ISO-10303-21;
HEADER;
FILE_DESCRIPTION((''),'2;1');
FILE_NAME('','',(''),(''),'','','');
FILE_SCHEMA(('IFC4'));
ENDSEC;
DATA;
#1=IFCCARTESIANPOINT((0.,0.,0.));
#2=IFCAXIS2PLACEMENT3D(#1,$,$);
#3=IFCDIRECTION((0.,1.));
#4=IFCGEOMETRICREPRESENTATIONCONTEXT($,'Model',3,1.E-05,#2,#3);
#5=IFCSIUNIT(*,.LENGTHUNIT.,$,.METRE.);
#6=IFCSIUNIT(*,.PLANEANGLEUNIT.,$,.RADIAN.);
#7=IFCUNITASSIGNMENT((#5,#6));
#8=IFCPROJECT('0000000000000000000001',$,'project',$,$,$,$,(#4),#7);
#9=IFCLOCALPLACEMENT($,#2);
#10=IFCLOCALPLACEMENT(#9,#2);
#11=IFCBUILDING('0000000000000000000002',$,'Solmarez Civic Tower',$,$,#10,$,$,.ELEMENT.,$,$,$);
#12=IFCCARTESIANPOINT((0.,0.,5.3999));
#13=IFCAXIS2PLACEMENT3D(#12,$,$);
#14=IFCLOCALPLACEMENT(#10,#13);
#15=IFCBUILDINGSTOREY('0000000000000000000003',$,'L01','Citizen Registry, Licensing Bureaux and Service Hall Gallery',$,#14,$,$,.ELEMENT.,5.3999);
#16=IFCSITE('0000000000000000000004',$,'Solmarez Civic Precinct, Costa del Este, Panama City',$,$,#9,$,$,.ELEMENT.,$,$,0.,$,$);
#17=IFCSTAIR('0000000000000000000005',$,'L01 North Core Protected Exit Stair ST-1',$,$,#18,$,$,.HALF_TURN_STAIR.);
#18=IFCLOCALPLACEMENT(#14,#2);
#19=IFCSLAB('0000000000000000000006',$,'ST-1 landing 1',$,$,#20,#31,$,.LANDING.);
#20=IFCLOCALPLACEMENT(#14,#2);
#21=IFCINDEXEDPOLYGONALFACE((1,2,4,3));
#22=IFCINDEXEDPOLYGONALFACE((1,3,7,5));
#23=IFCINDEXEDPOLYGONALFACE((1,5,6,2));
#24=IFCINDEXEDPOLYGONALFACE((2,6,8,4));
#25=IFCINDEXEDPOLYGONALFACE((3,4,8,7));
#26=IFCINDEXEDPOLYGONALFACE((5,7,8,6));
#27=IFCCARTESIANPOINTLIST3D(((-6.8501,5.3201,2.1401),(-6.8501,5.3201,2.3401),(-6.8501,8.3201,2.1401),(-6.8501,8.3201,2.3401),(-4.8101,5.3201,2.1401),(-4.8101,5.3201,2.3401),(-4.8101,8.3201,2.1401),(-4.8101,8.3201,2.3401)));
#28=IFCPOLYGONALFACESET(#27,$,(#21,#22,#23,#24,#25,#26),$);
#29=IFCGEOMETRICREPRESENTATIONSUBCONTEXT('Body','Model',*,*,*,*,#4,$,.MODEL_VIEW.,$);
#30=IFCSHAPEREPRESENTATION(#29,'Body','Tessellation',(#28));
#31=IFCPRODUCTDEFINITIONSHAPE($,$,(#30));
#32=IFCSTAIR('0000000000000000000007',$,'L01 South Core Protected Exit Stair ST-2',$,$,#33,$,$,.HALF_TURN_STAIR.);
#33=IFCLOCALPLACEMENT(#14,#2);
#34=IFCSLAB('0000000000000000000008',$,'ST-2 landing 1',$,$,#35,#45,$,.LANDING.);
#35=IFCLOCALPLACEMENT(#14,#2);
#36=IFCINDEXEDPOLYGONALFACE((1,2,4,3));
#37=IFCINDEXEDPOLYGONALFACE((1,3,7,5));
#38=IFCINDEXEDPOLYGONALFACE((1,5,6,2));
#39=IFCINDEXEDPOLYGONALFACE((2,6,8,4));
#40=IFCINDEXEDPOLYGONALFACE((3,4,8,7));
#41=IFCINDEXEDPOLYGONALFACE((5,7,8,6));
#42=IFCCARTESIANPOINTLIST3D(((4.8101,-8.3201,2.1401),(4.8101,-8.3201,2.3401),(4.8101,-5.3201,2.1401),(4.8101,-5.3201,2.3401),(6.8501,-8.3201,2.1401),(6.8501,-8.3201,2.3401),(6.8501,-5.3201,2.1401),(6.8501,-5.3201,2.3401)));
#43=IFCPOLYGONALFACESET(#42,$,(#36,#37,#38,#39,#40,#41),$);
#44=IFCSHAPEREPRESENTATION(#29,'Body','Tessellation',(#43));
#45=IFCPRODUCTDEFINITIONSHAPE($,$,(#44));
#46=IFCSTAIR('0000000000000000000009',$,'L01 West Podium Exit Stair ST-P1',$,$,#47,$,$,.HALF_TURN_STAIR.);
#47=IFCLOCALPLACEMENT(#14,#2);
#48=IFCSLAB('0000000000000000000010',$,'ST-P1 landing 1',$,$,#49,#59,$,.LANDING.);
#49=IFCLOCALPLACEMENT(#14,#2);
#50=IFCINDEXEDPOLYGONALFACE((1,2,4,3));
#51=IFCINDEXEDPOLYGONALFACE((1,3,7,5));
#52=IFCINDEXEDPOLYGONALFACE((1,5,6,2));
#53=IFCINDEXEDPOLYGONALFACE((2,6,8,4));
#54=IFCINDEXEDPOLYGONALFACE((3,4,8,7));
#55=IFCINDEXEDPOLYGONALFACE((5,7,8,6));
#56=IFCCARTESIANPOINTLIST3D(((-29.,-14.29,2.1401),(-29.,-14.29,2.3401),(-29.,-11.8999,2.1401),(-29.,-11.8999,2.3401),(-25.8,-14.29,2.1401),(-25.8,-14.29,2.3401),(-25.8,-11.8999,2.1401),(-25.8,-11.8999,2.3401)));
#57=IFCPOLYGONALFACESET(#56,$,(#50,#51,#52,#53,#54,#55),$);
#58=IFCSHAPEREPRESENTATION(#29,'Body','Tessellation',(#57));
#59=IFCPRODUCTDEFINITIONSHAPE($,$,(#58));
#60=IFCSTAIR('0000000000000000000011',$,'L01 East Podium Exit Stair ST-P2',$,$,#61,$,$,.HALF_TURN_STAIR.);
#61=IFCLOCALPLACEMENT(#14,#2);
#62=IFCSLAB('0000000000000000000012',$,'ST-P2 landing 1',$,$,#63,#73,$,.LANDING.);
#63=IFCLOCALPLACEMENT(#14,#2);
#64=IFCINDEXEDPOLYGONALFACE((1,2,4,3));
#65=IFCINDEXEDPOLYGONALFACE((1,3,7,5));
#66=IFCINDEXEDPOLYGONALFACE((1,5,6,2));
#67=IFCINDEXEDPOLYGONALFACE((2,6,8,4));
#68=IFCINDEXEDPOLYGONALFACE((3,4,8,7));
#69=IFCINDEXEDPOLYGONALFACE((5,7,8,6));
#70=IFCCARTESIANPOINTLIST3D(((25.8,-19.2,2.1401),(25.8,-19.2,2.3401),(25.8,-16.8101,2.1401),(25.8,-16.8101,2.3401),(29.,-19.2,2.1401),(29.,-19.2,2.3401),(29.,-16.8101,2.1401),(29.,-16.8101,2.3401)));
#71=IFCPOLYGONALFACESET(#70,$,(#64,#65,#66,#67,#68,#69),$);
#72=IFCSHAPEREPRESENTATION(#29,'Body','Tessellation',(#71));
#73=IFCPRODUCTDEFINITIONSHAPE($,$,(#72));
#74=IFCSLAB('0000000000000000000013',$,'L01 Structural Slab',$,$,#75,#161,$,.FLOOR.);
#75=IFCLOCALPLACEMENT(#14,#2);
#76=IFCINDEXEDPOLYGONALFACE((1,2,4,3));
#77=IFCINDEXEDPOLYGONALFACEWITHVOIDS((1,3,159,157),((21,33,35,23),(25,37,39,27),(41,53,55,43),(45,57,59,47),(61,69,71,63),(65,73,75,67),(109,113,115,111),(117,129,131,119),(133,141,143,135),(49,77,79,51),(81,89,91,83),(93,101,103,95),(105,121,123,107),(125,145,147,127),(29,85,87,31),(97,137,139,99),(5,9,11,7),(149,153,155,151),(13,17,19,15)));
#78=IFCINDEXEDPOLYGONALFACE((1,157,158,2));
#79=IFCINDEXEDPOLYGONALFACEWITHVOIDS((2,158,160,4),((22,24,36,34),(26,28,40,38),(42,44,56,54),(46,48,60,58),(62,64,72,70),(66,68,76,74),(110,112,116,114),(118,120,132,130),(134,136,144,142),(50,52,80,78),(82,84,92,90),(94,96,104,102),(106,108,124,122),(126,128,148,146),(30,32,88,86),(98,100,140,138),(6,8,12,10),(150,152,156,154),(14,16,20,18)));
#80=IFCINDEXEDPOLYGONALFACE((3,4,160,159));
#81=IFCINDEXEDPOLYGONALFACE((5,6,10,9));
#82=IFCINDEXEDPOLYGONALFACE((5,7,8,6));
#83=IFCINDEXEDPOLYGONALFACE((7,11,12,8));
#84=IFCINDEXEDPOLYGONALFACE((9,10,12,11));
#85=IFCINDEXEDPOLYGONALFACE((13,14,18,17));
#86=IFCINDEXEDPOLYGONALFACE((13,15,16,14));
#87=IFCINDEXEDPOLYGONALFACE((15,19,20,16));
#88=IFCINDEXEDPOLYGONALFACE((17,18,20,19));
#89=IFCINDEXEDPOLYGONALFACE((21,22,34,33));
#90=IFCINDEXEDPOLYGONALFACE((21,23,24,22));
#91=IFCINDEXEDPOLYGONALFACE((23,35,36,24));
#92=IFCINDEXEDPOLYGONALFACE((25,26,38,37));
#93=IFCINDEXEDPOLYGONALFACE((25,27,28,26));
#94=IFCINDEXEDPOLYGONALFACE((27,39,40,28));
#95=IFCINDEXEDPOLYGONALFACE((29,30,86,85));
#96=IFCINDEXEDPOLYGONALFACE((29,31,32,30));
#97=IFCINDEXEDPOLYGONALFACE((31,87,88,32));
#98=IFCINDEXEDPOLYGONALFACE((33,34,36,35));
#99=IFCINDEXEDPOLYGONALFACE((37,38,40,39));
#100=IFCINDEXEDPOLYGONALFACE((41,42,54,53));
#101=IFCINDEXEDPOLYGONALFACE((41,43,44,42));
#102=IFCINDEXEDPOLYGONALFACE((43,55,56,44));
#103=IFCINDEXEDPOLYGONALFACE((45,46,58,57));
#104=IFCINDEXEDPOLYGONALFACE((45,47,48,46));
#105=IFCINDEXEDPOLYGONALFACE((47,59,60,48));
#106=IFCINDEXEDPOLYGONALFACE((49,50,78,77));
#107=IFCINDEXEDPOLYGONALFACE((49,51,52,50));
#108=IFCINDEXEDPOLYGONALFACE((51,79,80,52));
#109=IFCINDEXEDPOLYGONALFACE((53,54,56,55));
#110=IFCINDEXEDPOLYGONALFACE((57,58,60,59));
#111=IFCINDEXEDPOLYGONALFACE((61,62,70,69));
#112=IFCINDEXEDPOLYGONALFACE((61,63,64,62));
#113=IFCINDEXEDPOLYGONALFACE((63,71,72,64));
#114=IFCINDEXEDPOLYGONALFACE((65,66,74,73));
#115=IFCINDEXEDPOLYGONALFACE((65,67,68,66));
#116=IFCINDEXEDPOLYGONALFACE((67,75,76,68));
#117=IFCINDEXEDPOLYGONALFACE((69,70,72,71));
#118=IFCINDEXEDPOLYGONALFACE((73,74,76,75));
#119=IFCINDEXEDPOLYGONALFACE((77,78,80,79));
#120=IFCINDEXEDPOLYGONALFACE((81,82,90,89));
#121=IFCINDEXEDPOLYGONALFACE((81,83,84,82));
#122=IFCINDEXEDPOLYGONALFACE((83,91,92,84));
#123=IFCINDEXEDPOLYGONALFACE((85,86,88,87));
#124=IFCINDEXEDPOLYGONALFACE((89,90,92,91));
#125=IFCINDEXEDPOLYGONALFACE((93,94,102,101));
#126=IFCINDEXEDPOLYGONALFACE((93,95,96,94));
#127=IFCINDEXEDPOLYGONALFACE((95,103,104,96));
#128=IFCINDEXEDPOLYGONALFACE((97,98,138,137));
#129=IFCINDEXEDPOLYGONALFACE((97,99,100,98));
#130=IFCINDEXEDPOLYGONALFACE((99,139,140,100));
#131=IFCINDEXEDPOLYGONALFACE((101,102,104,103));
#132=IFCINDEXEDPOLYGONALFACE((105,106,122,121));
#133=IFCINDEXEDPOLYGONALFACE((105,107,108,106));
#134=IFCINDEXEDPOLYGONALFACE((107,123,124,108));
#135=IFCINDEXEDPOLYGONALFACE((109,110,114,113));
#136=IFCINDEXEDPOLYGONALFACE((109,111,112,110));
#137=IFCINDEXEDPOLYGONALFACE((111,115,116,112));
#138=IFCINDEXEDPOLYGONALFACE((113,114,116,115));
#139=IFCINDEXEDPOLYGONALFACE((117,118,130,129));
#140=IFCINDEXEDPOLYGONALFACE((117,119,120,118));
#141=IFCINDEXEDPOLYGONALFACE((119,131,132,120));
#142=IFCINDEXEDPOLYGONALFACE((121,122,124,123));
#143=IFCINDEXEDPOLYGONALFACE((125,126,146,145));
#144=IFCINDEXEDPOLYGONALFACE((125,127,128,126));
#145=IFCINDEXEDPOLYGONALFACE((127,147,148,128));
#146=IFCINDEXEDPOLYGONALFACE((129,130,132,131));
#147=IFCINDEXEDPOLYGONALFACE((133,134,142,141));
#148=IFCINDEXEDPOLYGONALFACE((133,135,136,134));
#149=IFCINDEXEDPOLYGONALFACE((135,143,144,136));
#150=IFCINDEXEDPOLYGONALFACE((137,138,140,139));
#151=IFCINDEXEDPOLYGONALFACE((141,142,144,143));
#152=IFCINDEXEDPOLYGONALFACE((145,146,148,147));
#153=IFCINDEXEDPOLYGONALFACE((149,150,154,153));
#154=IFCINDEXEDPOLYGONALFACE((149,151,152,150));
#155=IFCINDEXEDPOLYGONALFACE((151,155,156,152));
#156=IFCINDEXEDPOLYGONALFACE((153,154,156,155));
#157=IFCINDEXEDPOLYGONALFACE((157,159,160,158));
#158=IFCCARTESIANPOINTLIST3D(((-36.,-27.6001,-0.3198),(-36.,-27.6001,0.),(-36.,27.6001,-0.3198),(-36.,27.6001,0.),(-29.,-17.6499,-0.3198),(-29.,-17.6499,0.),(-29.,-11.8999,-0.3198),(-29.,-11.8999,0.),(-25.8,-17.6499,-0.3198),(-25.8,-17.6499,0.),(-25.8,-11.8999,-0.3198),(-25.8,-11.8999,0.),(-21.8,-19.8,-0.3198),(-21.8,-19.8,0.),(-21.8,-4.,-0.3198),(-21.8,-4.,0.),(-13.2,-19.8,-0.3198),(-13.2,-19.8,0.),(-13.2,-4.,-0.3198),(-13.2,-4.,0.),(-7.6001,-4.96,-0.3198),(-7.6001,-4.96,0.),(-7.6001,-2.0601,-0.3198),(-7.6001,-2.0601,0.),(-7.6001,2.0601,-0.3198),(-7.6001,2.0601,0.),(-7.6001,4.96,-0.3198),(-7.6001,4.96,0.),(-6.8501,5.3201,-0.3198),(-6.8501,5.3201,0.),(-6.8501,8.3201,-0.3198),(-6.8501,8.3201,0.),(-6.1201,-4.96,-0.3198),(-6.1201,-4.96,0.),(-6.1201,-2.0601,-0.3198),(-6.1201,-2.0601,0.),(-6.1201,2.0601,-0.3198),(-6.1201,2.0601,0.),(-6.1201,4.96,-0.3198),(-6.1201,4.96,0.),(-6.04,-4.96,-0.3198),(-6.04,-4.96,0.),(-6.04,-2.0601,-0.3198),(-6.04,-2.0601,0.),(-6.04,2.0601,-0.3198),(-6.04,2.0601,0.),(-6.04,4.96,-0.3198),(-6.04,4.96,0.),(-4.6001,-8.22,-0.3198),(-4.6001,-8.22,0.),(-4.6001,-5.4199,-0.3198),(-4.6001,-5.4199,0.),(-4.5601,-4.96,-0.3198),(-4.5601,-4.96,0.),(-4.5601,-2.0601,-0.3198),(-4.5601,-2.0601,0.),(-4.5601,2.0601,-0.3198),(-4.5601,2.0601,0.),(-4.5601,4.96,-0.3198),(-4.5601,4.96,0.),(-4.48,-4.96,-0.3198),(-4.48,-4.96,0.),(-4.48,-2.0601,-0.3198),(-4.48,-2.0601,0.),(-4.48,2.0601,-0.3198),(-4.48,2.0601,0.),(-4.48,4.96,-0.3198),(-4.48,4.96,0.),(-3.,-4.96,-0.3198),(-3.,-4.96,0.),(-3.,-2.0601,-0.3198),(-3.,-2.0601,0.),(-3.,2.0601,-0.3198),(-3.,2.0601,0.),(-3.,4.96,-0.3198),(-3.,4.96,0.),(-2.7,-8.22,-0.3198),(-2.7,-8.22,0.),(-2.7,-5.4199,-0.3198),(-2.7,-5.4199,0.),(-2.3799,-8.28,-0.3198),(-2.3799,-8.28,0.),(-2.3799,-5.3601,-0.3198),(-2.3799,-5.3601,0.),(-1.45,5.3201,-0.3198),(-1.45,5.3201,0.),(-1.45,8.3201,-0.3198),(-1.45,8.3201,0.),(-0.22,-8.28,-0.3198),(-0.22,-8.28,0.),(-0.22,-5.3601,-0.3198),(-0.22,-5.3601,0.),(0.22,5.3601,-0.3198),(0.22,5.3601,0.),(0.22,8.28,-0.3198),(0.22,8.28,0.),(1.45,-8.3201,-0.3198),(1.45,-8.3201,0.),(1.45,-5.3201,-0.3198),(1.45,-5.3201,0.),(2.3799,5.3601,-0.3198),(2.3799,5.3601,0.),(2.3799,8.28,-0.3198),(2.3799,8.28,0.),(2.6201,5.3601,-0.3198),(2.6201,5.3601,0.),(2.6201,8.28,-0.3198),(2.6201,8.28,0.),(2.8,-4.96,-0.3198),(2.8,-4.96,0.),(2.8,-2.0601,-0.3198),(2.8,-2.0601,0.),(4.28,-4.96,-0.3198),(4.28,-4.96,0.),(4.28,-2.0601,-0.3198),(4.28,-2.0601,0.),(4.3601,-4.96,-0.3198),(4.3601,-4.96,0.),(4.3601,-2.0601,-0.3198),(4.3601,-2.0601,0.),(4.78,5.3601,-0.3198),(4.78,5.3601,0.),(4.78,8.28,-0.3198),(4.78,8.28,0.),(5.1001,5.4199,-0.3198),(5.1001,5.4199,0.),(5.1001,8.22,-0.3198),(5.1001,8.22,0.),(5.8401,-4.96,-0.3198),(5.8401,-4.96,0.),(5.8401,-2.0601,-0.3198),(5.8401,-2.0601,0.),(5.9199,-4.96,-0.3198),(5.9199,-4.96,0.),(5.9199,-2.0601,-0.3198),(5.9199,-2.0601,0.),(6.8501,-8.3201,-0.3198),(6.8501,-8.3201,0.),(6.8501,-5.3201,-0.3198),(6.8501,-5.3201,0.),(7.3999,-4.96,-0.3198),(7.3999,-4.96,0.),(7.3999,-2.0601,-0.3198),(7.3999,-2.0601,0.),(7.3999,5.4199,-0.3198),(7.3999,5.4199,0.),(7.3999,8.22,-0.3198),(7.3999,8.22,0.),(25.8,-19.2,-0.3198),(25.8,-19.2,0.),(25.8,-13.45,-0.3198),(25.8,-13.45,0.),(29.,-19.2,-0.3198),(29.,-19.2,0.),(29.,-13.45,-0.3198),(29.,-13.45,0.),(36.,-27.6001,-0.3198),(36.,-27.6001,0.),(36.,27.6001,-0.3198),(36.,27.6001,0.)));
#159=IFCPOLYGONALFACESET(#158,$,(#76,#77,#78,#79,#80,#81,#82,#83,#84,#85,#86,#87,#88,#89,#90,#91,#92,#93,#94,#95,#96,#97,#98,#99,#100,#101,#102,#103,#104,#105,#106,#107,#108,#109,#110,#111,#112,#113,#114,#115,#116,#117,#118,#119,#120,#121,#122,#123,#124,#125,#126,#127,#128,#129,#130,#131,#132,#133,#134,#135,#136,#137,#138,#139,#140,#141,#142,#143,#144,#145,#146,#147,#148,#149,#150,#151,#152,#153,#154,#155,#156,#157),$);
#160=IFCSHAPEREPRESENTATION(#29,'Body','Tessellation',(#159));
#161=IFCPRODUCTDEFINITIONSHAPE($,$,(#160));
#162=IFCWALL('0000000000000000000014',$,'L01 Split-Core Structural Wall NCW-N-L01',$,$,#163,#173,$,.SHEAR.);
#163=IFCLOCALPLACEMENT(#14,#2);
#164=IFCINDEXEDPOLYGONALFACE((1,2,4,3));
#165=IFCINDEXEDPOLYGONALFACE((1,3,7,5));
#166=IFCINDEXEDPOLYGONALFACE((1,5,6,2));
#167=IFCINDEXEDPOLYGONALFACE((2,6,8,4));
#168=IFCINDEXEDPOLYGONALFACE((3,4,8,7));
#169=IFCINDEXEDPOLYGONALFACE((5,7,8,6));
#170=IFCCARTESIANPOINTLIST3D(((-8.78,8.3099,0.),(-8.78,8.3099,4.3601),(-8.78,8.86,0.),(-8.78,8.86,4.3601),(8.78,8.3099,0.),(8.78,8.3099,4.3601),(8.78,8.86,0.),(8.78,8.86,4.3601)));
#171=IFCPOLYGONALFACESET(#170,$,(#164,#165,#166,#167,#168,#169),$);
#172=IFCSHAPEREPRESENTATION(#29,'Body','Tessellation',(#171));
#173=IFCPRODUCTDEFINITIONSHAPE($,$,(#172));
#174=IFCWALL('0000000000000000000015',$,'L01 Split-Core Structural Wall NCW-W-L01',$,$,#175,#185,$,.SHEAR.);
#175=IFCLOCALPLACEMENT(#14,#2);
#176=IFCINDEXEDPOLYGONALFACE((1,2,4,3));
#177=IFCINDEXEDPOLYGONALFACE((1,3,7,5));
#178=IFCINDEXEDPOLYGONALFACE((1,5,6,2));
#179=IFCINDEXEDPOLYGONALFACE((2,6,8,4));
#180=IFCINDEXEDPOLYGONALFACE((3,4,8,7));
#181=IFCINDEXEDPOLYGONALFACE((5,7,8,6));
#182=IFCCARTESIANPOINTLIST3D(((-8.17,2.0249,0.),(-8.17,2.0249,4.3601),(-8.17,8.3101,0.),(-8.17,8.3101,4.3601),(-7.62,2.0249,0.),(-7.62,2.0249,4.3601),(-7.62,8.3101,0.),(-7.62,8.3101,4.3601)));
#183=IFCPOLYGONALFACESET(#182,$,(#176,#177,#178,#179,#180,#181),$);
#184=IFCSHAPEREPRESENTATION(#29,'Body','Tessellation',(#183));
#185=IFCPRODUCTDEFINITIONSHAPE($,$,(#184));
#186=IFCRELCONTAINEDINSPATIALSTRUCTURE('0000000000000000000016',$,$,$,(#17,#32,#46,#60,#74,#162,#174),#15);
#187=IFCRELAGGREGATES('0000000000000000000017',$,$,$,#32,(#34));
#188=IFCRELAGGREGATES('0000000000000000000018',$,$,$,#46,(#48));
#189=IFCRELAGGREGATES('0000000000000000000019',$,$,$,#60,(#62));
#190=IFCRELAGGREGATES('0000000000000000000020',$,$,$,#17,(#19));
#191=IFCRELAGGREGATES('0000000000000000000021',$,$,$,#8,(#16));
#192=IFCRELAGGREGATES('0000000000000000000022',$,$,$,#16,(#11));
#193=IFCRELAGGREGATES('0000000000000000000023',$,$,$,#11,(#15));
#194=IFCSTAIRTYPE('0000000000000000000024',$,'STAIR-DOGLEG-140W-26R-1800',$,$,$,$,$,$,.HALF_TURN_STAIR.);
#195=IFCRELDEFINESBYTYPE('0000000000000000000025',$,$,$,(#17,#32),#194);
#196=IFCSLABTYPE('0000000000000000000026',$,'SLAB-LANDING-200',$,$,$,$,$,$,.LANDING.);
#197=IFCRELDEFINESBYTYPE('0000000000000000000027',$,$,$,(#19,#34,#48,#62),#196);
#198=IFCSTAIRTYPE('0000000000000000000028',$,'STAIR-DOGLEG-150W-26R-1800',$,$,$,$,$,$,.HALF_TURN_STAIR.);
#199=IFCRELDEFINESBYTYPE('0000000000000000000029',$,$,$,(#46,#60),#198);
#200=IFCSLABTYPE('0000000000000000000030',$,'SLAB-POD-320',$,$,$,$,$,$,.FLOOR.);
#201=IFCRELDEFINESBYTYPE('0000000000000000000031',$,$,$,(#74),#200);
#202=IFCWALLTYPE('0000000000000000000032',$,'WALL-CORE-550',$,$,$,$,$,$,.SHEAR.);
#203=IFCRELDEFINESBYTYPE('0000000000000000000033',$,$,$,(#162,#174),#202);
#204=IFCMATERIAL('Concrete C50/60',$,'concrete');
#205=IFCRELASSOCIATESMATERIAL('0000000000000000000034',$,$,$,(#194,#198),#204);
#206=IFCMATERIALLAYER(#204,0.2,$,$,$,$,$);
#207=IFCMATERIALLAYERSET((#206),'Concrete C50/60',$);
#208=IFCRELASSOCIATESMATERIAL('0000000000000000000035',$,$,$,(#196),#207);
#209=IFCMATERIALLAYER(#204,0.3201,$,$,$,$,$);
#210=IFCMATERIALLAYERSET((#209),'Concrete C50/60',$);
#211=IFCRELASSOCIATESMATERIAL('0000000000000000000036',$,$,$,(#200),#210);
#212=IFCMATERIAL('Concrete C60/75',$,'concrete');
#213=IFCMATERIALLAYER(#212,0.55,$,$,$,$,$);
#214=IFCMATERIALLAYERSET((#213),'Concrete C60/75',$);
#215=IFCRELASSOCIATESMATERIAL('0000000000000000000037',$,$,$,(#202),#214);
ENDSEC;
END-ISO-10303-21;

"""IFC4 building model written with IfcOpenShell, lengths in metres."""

from ifc_helpers import new_model, si_unit, direction, frame, frame_2d, origin, place, context, subcontext, project, spatial, polyline, rectangle, outline, extrude, material, layer, layer_set, type_object, element, aggregate, save


model = new_model("IFC4")

# Units and contexts
model_context = context("Model", 3, precision=1e-05, world=origin(), true_north=direction((0.0, 1.0)))
body_context = subcontext(model_context, "Body", "Model", "MODEL_VIEW")
ifc_project = project(units=[si_unit("LENGTHUNIT", "METRE"), si_unit("PLANEANGLEUNIT", "RADIAN")], contexts=[model_context])

# Site, building, storey
site_placement = place(None, origin())
site = spatial("IfcSite", under=ifc_project, at=site_placement, Name="Solmarez Civic Precinct, Costa del Este, Panama City", CompositionType="ELEMENT", RefElevation=0.0)
building_placement = place(site_placement, origin())
building = spatial("IfcBuilding", under=site, at=building_placement, Name="Solmarez Civic Tower", CompositionType="ELEMENT")
storey_placement = place(building_placement, frame((0.0, 0.0, 5.3999)))
storey = spatial("IfcBuildingStorey", under=building, at=storey_placement, Name="L01", Description="Citizen Registry, Licensing Bureaux and Service Hall Gallery", CompositionType="ELEMENT", Elevation=5.3999)

# Shared definitions
ifc_material_1 = material(Name="Concrete C60/75", Category="concrete")

# Shared definitions
ifc_material_2 = material(Name="Concrete C50/60", Category="concrete")

# Stairs, slabs
stair_type_1 = type_object("IfcStairType", Name="STAIR-DOGLEG-140W-26R-1800", PredefinedType="HALF_TURN_STAIR", material=ifc_material_2)
stair_1_placement = place(storey_placement, origin())
stair_1 = element("IfcStair", 1, at=stair_1_placement, inside=storey, type_object=stair_type_1, Name="L01 North Core Protected Exit Stair ST-1", PredefinedType="HALF_TURN_STAIR")
ifc_layer_1 = layer(ifc_material_2, 0.2)
ifc_layer_set_1 = layer_set([ifc_layer_1], Name="Concrete C50/60")
slab_type_1 = type_object("IfcSlabType", Name="SLAB-LANDING-200", PredefinedType="LANDING", material=ifc_layer_set_1)
slab_1_placement = place(storey_placement, frame((0.0, 0.0, 2.1401)))
slab_1 = element("IfcSlab", 2, at=slab_1_placement, type_object=slab_type_1, Name="ST-1 landing 1", PredefinedType="LANDING", context=body_context, shape_type="SweptSolid", body=[
    extrude(outline(polyline([(-4.8101, 8.3201), (-6.8501, 8.3201), (-6.8501, 5.3201), (-4.8101, 5.3201), (-4.8101, 8.3201)])), origin(), (0.0, 0.0, 1.0), 0.2),
])
stair_2_placement = place(storey_placement, origin())
stair_2 = element("IfcStair", 3, at=stair_2_placement, inside=storey, type_object=stair_type_1, Name="L01 South Core Protected Exit Stair ST-2", PredefinedType="HALF_TURN_STAIR")
slab_2_placement = place(storey_placement, frame((0.0, 0.0, 2.1401)))
slab_2 = element("IfcSlab", 4, at=slab_2_placement, type_object=slab_type_1, Name="ST-2 landing 1", PredefinedType="LANDING", context=body_context, shape_type="SweptSolid", body=[
    extrude(outline(polyline([(4.8101, -8.3201), (6.8501, -8.3201), (6.8501, -5.3201), (4.8101, -5.3201), (4.8101, -8.3201)])), origin(), (0.0, 0.0, 1.0), 0.2),
])
aggregate(stair_2, [slab_2])
stair_type_2 = type_object("IfcStairType", Name="STAIR-DOGLEG-150W-26R-1800", PredefinedType="HALF_TURN_STAIR", material=ifc_material_2)
stair_3_placement = place(storey_placement, origin())
stair_3 = element("IfcStair", 5, at=stair_3_placement, inside=storey, type_object=stair_type_2, Name="L01 West Podium Exit Stair ST-P1", PredefinedType="HALF_TURN_STAIR")
slab_3_placement = place(storey_placement, frame((0.0, 0.0, 2.1401)))
slab_3 = element("IfcSlab", 6, at=slab_3_placement, type_object=slab_type_1, Name="ST-P1 landing 1", PredefinedType="LANDING", context=body_context, shape_type="SweptSolid", body=[
    extrude(outline(polyline([(-25.8, -14.29), (-25.8, -11.8999), (-29.0, -11.8999), (-29.0, -14.29), (-25.8, -14.29)])), origin(), (0.0, 0.0, 1.0), 0.2),
])
aggregate(stair_3, [slab_3])
stair_4_placement = place(storey_placement, origin())
stair_4 = element("IfcStair", 7, at=stair_4_placement, inside=storey, type_object=stair_type_2, Name="L01 East Podium Exit Stair ST-P2", PredefinedType="HALF_TURN_STAIR")
slab_4_placement = place(storey_placement, frame((0.0, 0.0, 2.1401)))
slab_4 = element("IfcSlab", 8, at=slab_4_placement, type_object=slab_type_1, Name="ST-P2 landing 1", PredefinedType="LANDING", context=body_context, shape_type="SweptSolid", body=[
    extrude(outline(polyline([(25.8, -16.8101), (25.8, -19.2), (29.0, -19.2), (29.0, -16.8101), (25.8, -16.8101)])), origin(), (0.0, 0.0, 1.0), 0.2),
])
aggregate(stair_4, [slab_4])

# Slab
ifc_layer_2 = layer(ifc_material_2, 0.3201)
ifc_layer_set_2 = layer_set([ifc_layer_2], Name="Concrete C50/60")
slab_type_2 = type_object("IfcSlabType", Name="SLAB-POD-320", PredefinedType="FLOOR", material=ifc_layer_set_2)
slab_5_placement = place(storey_placement, frame((0.0, 0.0, -0.3198)))
element("IfcSlab", 9, at=slab_5_placement, inside=storey, type_object=slab_type_2, Name="L01 Structural Slab", PredefinedType="FLOOR", context=body_context, shape_type="SweptSolid", body=[
    extrude(outline(polyline([(36.0, -27.6001), (36.0, 27.6001), (-36.0, 27.6001), (-36.0, -27.6001), (36.0, -27.6001)]), holes=[polyline([(-1.45, 8.3201), (-6.8501, 8.3201), (-6.8501, 5.3201), (-1.45, 5.3201), (-1.45, 8.3201)]), polyline([(1.45, -8.3201), (6.8501, -8.3201), (6.8501, -5.3201), (1.45, -5.3201), (1.45, -8.3201)]), polyline([(-25.8, -17.6499), (-25.8, -11.8999), (-29.0, -11.8999), (-29.0, -17.6499), (-25.8, -17.6499)]), polyline([(25.8, -13.45), (25.8, -19.2), (29.0, -19.2), (29.0, -13.45), (25.8, -13.45)]), polyline([(0.22, 5.3601), (2.3799, 5.3601), (2.3799, 8.28), (0.22, 8.28), (0.22, 5.3601)]), polyline([(2.6201, 5.3601), (4.78, 5.3601), (4.78, 8.28), (2.6201, 8.28), (2.6201, 5.3601)]), polyline([(-2.3799, -8.28), (-0.22, -8.28), (-0.22, -5.3601), (-2.3799, -5.3601), (-2.3799, -8.28)]), polyline([(2.8, -4.96), (4.28, -4.96), (4.28, -2.0601), (2.8, -2.0601), (2.8, -4.96)]), polyline([(4.3601, -4.96), (5.8401, -4.96), (5.8401, -2.0601), (4.3601, -2.0601), (4.3601, -4.96)]), polyline([(5.9199, -4.96), (7.3999, -4.96), (7.3999, -2.0601), (5.9199, -2.0601), (5.9199, -4.96)]), polyline([(-7.6001, -4.96), (-6.1201, -4.96), (-6.1201, -2.0601), (-7.6001, -2.0601), (-7.6001, -4.96)]), polyline([(-6.04, -4.96), (-4.5601, -4.96), (-4.5601, -2.0601), (-6.04, -2.0601), (-6.04, -4.96)]), polyline([(-4.48, -4.96), (-3.0, -4.96), (-3.0, -2.0601), (-4.48, -2.0601), (-4.48, -4.96)]), polyline([(-7.6001, 2.0601), (-6.1201, 2.0601), (-6.1201, 4.96), (-7.6001, 4.96), (-7.6001, 2.0601)]), polyline([(-6.04, 2.0601), (-4.5601, 2.0601), (-4.5601, 4.96), (-6.04, 4.96), (-6.04, 2.0601)]), polyline([(-4.48, 2.0601), (-3.0, 2.0601), (-3.0, 4.96), (-4.48, 4.96), (-4.48, 2.0601)]), polyline([(5.1001, 5.4199), (7.3999, 5.4199), (7.3999, 8.22), (5.1001, 8.22), (5.1001, 5.4199)]), polyline([(-4.6001, -8.22), (-2.7, -8.22), (-2.7, -5.4199), (-4.6001, -5.4199), (-4.6001, -8.22)]), polyline([(-21.8, -19.8), (-13.2, -19.8), (-13.2, -4.0), (-21.8, -4.0), (-21.8, -19.8)])]), origin(), (0.0, 0.0, 1.0), 0.3198),
])

# Walls
ifc_layer_3 = layer(ifc_material_1, 0.55)
ifc_layer_set_3 = layer_set([ifc_layer_3], Name="Concrete C60/75")
wall_type_1 = type_object("IfcWallType", Name="WALL-CORE-550", PredefinedType="SHEAR", material=ifc_layer_set_3)
wall_1_placement = place(storey_placement, frame((-8.78, 8.585, 0.0), z_axis=(0.0, 0.0, 1.0), x_axis=(1.0, 0.0, 0.0)))
element("IfcWall", 10, at=wall_1_placement, inside=storey, type_object=wall_type_1, Name="L01 Split-Core Structural Wall NCW-N-L01", PredefinedType="SHEAR", context=body_context, shape_type="SweptSolid", body=[
    extrude(rectangle(XDim=17.5601, YDim=0.55, at=frame_2d((8.78, 0.0))), origin(), (0.0, 0.0, 1.0), 4.3601),
])
wall_2_placement = place(storey_placement, frame((-7.895, 2.0249, 0.0), z_axis=(0.0, 0.0, 1.0), x_axis=(0.0, 1.0, 0.0)))
element("IfcWall", 11, at=wall_2_placement, inside=storey, type_object=wall_type_1, Name="L01 Split-Core Structural Wall NCW-W-L01", PredefinedType="SHEAR", context=body_context, shape_type="SweptSolid", body=[
    extrude(rectangle(XDim=6.2852, YDim=0.55, at=frame_2d((3.1426, 0.0))), origin(), (0.0, 0.0, 1.0), 4.3601),
])

aggregate(stair_1, [slab_1])

save(model, "model.ifc")
